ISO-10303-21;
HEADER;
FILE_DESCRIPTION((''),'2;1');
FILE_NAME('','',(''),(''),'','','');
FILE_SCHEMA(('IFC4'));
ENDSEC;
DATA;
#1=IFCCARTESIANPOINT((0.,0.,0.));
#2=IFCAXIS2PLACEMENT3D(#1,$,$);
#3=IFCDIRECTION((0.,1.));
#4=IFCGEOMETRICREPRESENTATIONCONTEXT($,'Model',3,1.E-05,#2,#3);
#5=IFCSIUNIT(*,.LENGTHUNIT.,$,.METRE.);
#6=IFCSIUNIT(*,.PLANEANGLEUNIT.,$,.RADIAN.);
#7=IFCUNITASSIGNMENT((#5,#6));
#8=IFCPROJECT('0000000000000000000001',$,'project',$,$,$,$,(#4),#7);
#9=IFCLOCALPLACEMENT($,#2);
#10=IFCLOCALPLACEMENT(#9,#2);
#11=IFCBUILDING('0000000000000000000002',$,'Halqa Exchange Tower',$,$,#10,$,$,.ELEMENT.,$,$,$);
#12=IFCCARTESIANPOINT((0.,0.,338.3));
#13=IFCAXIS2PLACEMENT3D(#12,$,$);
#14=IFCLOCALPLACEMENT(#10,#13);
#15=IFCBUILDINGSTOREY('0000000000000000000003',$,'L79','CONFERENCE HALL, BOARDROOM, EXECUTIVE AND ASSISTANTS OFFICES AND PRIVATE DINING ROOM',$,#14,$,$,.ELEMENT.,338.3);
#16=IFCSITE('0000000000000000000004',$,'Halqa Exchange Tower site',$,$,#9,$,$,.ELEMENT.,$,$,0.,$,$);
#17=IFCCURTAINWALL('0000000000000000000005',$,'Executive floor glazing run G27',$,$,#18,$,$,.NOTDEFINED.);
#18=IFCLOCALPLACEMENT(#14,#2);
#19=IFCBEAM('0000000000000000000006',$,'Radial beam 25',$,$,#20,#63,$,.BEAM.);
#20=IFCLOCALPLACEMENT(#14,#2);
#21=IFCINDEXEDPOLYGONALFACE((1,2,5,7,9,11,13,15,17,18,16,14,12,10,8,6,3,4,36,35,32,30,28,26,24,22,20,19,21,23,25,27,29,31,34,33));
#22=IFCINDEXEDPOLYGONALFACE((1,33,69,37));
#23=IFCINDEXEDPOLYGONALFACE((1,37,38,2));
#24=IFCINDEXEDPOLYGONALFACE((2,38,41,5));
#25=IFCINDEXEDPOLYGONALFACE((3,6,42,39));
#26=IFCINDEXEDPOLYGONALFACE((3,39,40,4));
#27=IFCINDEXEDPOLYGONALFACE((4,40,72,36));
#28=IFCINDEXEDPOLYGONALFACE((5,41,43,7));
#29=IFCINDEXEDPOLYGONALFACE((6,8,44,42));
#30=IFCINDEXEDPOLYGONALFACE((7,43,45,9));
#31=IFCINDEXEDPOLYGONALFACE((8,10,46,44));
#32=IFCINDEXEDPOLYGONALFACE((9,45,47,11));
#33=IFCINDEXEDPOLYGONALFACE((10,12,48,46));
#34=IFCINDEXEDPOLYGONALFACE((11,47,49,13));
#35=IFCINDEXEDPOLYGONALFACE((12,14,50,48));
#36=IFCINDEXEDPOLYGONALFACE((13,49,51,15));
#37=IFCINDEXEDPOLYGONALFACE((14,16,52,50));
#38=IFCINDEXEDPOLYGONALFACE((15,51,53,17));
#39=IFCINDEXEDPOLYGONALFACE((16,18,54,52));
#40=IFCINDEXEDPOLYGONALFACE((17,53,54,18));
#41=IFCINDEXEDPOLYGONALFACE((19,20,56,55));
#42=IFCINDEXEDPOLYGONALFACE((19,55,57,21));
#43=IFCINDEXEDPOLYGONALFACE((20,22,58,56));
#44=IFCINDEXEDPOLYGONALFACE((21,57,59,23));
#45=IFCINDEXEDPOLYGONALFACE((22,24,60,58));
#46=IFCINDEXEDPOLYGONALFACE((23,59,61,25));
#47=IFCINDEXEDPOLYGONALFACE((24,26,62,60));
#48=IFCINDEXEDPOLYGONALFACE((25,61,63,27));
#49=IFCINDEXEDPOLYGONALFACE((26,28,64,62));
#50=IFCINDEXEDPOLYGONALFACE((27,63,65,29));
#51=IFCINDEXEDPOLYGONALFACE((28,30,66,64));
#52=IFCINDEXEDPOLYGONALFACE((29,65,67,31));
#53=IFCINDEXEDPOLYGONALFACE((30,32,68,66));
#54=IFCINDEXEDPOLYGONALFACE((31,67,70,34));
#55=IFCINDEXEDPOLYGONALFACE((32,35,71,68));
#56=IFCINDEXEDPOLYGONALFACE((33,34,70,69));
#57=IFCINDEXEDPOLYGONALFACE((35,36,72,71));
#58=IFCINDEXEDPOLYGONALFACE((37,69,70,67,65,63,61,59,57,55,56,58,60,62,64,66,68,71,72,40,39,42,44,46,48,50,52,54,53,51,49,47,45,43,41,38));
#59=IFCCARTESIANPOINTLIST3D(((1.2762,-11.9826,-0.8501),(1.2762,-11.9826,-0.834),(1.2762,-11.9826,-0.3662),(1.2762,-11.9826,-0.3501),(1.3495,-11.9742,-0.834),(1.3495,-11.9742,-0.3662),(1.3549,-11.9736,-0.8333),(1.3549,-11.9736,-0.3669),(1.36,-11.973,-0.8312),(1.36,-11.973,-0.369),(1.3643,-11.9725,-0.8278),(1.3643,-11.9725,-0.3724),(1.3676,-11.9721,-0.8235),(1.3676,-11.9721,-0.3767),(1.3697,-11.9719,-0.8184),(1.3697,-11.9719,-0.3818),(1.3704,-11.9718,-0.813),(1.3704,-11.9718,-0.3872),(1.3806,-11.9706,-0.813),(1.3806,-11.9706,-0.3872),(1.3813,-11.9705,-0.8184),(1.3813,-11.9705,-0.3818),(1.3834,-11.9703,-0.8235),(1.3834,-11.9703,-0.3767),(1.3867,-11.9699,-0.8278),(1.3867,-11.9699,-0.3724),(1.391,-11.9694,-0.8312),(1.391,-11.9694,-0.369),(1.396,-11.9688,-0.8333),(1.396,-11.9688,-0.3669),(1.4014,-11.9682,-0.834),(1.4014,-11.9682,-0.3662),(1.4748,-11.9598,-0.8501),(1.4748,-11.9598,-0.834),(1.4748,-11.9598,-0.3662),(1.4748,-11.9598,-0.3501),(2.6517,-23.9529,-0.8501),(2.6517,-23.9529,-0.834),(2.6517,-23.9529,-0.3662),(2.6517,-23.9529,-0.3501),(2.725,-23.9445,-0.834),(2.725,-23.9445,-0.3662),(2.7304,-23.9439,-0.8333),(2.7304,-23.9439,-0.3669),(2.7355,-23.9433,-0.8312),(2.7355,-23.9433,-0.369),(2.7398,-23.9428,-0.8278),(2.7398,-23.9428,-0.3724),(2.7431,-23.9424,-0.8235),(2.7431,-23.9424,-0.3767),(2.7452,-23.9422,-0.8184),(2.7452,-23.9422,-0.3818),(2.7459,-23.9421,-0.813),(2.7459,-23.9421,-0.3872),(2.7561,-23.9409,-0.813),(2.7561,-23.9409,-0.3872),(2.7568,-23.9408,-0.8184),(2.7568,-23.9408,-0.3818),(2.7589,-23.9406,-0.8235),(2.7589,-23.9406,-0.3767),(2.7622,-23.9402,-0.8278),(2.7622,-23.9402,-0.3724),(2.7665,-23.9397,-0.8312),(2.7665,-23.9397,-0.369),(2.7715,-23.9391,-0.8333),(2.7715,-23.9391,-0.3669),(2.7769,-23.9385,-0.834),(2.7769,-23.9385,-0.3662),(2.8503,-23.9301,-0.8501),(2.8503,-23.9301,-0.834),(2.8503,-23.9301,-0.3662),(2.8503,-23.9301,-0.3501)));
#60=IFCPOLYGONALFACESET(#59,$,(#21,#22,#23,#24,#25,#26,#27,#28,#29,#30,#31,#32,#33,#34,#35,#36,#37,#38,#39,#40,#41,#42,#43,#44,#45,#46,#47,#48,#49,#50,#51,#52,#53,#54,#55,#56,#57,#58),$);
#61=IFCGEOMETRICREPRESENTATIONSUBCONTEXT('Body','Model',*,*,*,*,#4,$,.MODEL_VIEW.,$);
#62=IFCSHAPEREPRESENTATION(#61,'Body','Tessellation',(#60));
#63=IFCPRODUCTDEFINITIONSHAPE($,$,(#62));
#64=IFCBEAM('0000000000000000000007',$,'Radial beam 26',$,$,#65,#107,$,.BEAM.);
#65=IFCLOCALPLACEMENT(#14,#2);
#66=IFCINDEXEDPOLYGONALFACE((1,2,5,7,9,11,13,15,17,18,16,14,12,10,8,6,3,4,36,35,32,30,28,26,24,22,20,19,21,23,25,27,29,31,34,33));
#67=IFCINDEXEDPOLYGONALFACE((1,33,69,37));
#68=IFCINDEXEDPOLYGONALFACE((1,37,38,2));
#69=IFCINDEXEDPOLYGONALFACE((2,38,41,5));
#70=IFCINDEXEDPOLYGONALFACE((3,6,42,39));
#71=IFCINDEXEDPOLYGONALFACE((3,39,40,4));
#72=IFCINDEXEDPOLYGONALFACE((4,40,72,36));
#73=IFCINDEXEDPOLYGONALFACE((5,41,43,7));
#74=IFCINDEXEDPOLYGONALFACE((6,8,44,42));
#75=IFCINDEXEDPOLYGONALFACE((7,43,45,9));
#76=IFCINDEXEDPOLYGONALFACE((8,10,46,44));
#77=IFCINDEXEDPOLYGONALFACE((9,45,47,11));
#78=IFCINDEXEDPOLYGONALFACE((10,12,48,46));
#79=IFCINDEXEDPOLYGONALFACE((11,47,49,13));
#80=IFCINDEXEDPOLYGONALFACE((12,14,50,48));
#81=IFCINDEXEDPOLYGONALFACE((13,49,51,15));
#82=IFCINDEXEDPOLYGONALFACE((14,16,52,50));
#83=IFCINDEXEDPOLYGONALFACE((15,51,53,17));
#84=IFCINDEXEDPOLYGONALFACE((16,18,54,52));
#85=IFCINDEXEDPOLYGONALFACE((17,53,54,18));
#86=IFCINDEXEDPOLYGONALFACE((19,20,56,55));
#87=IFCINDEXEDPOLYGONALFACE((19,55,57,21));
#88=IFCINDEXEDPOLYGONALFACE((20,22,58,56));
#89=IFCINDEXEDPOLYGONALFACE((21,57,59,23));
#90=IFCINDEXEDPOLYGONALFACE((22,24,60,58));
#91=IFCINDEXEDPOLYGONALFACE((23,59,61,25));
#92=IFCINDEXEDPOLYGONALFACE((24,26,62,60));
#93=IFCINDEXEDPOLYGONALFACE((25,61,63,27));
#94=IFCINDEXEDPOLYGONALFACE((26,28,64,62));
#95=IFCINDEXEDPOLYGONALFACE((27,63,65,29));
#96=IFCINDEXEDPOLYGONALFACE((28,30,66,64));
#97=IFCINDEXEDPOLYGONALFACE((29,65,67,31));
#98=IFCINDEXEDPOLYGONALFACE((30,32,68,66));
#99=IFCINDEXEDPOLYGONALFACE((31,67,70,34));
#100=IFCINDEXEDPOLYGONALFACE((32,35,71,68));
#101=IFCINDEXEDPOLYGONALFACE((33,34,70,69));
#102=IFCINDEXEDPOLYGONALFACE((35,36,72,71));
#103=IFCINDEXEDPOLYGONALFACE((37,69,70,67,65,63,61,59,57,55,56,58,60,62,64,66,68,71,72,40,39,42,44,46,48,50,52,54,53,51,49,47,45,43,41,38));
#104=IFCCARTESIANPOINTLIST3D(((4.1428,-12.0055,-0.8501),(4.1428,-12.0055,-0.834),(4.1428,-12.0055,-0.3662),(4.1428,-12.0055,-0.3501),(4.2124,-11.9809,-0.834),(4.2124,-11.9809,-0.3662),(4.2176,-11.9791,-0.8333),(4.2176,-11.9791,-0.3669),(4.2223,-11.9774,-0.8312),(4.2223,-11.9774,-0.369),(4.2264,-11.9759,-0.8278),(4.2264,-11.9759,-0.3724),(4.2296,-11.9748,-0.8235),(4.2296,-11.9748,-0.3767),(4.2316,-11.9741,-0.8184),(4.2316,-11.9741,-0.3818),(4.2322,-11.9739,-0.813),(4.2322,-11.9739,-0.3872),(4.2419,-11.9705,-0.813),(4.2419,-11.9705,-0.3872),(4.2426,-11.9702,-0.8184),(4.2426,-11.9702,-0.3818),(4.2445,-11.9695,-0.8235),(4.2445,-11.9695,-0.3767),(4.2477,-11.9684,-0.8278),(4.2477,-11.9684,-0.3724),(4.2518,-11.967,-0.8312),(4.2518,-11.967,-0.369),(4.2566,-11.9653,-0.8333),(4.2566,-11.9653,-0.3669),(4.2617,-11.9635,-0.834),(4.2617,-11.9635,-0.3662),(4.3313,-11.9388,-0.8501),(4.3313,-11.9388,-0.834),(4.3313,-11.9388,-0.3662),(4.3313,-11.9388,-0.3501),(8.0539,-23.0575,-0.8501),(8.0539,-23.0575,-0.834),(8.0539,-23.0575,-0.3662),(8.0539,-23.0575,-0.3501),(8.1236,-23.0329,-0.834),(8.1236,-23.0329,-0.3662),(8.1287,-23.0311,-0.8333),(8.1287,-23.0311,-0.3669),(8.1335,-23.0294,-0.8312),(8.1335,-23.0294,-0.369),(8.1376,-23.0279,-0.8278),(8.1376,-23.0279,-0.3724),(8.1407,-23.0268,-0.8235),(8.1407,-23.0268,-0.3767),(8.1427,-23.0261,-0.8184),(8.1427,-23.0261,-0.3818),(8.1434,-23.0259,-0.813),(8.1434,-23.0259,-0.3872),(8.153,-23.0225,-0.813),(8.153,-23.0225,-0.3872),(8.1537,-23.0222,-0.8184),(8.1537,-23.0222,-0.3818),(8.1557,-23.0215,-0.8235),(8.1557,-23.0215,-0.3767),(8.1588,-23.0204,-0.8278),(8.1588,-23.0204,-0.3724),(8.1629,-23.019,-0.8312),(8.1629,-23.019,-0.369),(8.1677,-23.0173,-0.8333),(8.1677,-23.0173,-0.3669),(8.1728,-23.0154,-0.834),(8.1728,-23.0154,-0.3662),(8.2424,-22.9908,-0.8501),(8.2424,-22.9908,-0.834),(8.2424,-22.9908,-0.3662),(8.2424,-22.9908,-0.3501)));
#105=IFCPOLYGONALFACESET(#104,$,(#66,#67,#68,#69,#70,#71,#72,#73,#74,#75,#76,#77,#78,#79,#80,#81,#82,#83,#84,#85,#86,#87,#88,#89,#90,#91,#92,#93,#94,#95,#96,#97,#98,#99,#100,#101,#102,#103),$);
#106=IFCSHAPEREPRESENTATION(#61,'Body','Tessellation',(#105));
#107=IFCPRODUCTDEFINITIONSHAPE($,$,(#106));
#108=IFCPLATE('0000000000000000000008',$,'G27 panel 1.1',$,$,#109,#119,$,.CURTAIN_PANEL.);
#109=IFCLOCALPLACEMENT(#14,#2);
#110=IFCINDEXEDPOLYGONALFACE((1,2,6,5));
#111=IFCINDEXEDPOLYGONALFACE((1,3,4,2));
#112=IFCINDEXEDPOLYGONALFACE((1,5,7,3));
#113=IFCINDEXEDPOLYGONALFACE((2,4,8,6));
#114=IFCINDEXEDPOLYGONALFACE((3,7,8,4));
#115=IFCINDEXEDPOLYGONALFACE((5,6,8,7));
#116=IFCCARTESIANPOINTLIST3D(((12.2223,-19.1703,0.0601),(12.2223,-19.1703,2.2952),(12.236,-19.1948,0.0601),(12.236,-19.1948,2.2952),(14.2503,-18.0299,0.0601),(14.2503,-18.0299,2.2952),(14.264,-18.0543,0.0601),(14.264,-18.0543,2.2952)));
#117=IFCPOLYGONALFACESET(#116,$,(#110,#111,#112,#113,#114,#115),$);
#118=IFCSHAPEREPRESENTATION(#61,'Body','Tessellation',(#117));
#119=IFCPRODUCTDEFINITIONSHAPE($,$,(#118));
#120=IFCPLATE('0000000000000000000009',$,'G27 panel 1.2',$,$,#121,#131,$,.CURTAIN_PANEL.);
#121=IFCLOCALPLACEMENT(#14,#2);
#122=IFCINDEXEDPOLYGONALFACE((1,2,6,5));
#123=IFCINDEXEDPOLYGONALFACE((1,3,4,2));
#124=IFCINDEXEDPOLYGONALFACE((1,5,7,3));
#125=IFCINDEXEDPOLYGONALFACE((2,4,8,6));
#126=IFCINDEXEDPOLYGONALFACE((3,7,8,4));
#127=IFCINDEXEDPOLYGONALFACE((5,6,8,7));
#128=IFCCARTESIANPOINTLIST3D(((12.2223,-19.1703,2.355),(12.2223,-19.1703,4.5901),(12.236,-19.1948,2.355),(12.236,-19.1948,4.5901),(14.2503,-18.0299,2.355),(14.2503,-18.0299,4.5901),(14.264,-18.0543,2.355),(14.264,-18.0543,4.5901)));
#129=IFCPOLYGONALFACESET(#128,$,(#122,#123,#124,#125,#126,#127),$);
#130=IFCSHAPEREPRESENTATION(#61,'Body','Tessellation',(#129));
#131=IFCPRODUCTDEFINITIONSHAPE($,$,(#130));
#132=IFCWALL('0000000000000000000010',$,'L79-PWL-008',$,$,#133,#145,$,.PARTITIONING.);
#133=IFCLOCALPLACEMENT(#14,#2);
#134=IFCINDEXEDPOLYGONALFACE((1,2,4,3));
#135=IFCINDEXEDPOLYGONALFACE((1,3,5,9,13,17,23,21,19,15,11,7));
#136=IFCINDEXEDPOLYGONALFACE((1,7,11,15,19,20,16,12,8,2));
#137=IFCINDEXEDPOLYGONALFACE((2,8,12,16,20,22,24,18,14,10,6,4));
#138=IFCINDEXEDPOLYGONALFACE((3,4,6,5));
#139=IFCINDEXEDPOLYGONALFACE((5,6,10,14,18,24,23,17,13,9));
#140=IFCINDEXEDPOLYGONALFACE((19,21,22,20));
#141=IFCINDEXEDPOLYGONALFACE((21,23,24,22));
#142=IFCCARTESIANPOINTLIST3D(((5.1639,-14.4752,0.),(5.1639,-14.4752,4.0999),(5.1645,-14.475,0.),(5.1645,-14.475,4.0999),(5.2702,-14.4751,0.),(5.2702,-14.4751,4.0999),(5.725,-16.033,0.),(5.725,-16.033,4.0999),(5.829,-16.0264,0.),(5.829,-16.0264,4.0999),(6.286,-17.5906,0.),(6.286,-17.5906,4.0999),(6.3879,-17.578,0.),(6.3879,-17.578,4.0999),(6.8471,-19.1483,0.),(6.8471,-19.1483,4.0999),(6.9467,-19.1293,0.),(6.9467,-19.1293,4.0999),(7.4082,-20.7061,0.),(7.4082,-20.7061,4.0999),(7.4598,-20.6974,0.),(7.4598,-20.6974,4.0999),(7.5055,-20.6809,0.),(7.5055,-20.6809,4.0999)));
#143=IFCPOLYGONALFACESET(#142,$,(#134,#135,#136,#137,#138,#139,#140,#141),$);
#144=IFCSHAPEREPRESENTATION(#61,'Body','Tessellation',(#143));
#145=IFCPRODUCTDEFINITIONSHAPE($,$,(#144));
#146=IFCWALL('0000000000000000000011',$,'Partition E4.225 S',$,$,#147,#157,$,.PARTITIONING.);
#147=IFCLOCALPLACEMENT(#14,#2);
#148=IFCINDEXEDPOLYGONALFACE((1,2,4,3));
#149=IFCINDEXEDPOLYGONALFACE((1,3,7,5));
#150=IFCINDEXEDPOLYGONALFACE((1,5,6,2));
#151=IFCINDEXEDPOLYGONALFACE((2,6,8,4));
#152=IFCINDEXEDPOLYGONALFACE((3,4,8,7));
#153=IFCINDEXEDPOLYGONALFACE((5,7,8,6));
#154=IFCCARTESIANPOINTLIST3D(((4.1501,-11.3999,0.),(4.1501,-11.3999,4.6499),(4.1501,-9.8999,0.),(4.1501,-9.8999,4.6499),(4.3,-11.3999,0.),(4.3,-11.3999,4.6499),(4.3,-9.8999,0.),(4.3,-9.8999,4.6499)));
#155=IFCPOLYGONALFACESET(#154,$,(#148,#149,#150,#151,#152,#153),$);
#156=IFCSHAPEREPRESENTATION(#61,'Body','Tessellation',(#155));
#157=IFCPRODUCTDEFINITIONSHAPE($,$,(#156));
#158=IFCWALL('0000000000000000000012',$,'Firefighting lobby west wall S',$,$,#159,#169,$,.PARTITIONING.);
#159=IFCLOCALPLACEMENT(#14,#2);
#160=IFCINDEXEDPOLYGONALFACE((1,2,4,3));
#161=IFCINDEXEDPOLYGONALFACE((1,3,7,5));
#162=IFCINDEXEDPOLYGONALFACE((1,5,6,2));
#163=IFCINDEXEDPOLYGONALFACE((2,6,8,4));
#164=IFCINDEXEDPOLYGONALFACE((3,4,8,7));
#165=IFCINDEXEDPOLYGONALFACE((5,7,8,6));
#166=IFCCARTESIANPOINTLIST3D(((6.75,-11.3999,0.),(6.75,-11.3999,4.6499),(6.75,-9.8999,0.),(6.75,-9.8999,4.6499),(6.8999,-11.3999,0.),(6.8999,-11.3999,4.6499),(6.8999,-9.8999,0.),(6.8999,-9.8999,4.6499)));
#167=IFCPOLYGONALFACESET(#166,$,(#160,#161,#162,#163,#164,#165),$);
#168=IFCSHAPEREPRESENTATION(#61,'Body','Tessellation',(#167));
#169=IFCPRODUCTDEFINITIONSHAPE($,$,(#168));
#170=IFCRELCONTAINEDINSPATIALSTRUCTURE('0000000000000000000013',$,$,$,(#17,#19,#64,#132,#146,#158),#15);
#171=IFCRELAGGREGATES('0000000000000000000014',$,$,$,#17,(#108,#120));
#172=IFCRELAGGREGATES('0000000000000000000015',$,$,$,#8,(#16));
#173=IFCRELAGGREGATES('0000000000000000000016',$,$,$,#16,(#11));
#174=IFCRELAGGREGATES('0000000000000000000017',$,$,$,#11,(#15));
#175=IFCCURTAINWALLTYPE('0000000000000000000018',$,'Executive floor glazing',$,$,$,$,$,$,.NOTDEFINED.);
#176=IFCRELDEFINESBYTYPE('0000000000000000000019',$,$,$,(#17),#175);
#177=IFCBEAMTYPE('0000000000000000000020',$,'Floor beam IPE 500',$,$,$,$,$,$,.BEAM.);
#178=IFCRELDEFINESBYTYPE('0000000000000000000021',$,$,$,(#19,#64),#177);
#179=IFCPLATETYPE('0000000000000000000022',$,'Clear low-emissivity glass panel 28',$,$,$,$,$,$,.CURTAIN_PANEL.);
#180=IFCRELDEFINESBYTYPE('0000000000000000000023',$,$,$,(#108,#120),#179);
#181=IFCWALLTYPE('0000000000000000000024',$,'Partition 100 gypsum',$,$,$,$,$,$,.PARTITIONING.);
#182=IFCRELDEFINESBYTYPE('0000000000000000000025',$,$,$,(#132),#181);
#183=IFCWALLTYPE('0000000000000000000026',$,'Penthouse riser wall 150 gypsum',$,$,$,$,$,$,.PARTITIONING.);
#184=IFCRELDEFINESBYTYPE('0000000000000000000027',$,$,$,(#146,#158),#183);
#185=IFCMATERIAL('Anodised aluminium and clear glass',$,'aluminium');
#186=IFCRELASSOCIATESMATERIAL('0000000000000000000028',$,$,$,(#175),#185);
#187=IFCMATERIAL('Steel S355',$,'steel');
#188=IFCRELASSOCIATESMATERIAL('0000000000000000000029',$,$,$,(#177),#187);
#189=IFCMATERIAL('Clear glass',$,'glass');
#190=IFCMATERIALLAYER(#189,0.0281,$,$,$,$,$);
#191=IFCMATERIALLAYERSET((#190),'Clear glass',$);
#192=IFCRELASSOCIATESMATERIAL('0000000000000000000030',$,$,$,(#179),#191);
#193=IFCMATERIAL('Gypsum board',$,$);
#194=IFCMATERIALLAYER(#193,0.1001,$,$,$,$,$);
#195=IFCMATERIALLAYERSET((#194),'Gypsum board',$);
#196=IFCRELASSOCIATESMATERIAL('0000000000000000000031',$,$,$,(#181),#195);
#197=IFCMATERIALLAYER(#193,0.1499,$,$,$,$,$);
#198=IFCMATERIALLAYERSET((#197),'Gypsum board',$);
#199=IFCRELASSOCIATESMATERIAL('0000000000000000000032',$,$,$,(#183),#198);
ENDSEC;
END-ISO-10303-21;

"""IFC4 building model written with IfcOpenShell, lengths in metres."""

from ifc_helpers import new_model, si_unit, direction, frame, frame_2d, origin, origin_2d, place, context, subcontext, project, spatial, polyline, rectangle, i_section, outline, extrude, material, layer, layer_set, material_profile, profile_set, type_object, element, aggregate, save


model = new_model("IFC4")

# Units and contexts
model_context = context("Model", 3, precision=1e-05, world=origin(), true_north=direction((0.0, 1.0)))
body_context = subcontext(model_context, "Body", "Model", "MODEL_VIEW")
ifc_project = project(units=[si_unit("LENGTHUNIT", "METRE"), si_unit("PLANEANGLEUNIT", "RADIAN")], contexts=[model_context])

# Site, building, storey
site_placement = place(None, origin())
site = spatial("IfcSite", under=ifc_project, at=site_placement, Name="Halqa Exchange Tower site", CompositionType="ELEMENT", RefElevation=0.0)
building_placement = place(site_placement, origin())
building = spatial("IfcBuilding", under=site, at=building_placement, Name="Halqa Exchange Tower", CompositionType="ELEMENT")
storey_placement = place(building_placement, frame((0.0, 0.0, 338.3)))
storey = spatial("IfcBuildingStorey", under=building, at=storey_placement, Name="L79", Description="CONFERENCE HALL, BOARDROOM, EXECUTIVE AND ASSISTANTS OFFICES AND PRIVATE DINING ROOM", CompositionType="ELEMENT", Elevation=338.3)

# Shared definitions
ifc_material_1 = material(Name="Anodised aluminium and clear glass", Category="aluminium")
curtain_wall_type = type_object("IfcCurtainWallType", Name="Executive floor glazing", PredefinedType="NOTDEFINED", material=ifc_material_1)

# Curtain wall
curtain_wall_1_placement = place(storey_placement, origin())
curtain_wall_1 = element("IfcCurtainWall", 1, at=curtain_wall_1_placement, inside=storey, type_object=curtain_wall_type, Name="Executive floor glazing run G27", PredefinedType="NOTDEFINED")

# Beams
ifc_material_2 = material(Name="Steel S355", Category="steel")
ifc_material_profile_1 = material_profile(ifc_material_2, i_section(OverallWidth=0.2, OverallDepth=0.5, WebThickness=0.0103, FlangeThickness=0.0161, FilletRadius=0.021, at=origin_2d()), Name="IPE 500")
ifc_profile_set_1 = profile_set([ifc_material_profile_1], Name="Steel S355")
beam_type_1 = type_object("IfcBeamType", Name="Floor beam IPE 500", PredefinedType="BEAM", material=ifc_profile_set_1)
beam_1_placement = place(storey_placement, frame((1.3755, -11.9712, -0.6001), z_axis=(0.114158, -0.993463, 0.0), x_axis=(0.993463, 0.114158, 0.0)))
element("IfcBeam", 2, at=beam_1_placement, inside=storey, type_object=beam_type_1, Name="Radial beam 25", PredefinedType="BEAM", context=body_context, shape_type="SweptSolid", body=[
    extrude(i_section(OverallWidth=0.2, OverallDepth=0.5, WebThickness=0.0103, FlangeThickness=0.0161, FilletRadius=0.021, at=origin_2d()), origin(), (0.0, 0.0, 1.0), 12.0491),
])
beam_2_placement = place(storey_placement, frame((4.2371, -11.9722, -0.6001), z_axis=(0.333611, -0.942711, 0.0), x_axis=(0.942711, 0.333611, 0.0)))
element("IfcBeam", 3, at=beam_2_placement, inside=storey, type_object=beam_type_1, Name="Radial beam 26", PredefinedType="BEAM", context=body_context, shape_type="SweptSolid", body=[
    extrude(i_section(OverallWidth=0.2, OverallDepth=0.5, WebThickness=0.0103, FlangeThickness=0.0161, FilletRadius=0.021, at=origin_2d()), origin(), (0.0, 0.0, 1.0), 11.7236),
])

# Plates
ifc_material_3 = material(Name="Clear glass", Category="glass")
ifc_layer_1 = layer(ifc_material_3, 0.0281)
ifc_layer_set_1 = layer_set([ifc_layer_1], Name="Clear glass")
plate_type = type_object("IfcPlateType", Name="Clear low-emissivity glass panel 28", PredefinedType="CURTAIN_PANEL", material=ifc_layer_set_1)
plate_1_placement = place(storey_placement, frame((13.2432, -18.6123, 0.0601), z_axis=(0.0, 0.0, 1.0), x_axis=(0.871634, 0.490158, 0.0)))
plate_1 = element("IfcPlate", 4, at=plate_1_placement, type_object=plate_type, Name="G27 panel 1.1", PredefinedType="CURTAIN_PANEL", context=body_context, shape_type="SweptSolid", body=[
    extrude(rectangle(XDim=2.3267, YDim=0.0281, at=origin_2d()), origin(), (0.0, 0.0, 1.0), 2.2351),
])
plate_2_placement = place(storey_placement, frame((13.2432, -18.6123, 2.355), z_axis=(0.0, 0.0, 1.0), x_axis=(0.871634, 0.490158, 0.0)))
plate_2 = element("IfcPlate", 5, at=plate_2_placement, type_object=plate_type, Name="G27 panel 1.2", PredefinedType="CURTAIN_PANEL", context=body_context, shape_type="SweptSolid", body=[
    extrude(rectangle(XDim=2.3267, YDim=0.0281, at=origin_2d()), origin(), (0.0, 0.0, 1.0), 2.2351),
])
aggregate(curtain_wall_1, [plate_1, plate_2])

# Walls
ifc_material_4 = material(Name="Gypsum board")
ifc_layer_2 = layer(ifc_material_4, 0.1001)
ifc_layer_set_2 = layer_set([ifc_layer_2], Name="Gypsum board")
wall_type_1 = type_object("IfcWallType", Name="Partition 100 gypsum", PredefinedType="PARTITIONING", material=ifc_layer_set_2)
wall_1_placement = place(storey_placement, frame((5.2109, -14.4583, 0.0), z_axis=(0.0, 0.0, 1.0), x_axis=(0.338886, -0.940827, 0.0)))
element("IfcWall", 6, at=wall_1_placement, inside=storey, type_object=wall_type_1, Name="L79-PWL-008", PredefinedType="PARTITIONING", context=body_context, shape_type="SweptSolid", body=[
    extrude(outline(polyline([(0.0, -0.05), (1.6558, -0.05), (3.3113, -0.05), (4.967, -0.05), (6.6228, -0.05), (6.6321, 0.0015), (6.6321, 0.05), (4.9829, 0.05), (3.334, 0.05), (1.6848, 0.05), (0.0359, 0.05), (0.0, -0.0493), (0.0, -0.05)])), origin(), (0.0, 0.0, 1.0), 4.0999),
])
ifc_layer_3 = layer(ifc_material_4, 0.1499)
ifc_layer_set_3 = layer_set([ifc_layer_3], Name="Gypsum board")
wall_type_2 = type_object("IfcWallType", Name="Penthouse riser wall 150 gypsum", PredefinedType="PARTITIONING", material=ifc_layer_set_3)
for number, where, z_axis, x_axis, name in (
    (7, (4.2251, -11.3999, 0.0), (0.0, 0.0, 1.0), (0.0, 1.0, 0.0), "Partition E4.225 S"),
    (8, (6.825, -11.3999, 0.0), (0.0, 0.0, 1.0), (0.0, 1.0, 0.0), "Firefighting lobby west wall S"),
):
    element("IfcWall", number, at=place(storey_placement, frame(where, z_axis=z_axis, x_axis=x_axis)), inside=storey, type_object=wall_type_2, Name=name, PredefinedType="PARTITIONING", context=body_context, shape_type="SweptSolid", body=[
        extrude(rectangle(XDim=1.5, YDim=0.1499, at=frame_2d((0.75, 0.0))), origin(), (0.0, 0.0, 1.0), 4.6499),
    ])

save(model, "model.ifc")
